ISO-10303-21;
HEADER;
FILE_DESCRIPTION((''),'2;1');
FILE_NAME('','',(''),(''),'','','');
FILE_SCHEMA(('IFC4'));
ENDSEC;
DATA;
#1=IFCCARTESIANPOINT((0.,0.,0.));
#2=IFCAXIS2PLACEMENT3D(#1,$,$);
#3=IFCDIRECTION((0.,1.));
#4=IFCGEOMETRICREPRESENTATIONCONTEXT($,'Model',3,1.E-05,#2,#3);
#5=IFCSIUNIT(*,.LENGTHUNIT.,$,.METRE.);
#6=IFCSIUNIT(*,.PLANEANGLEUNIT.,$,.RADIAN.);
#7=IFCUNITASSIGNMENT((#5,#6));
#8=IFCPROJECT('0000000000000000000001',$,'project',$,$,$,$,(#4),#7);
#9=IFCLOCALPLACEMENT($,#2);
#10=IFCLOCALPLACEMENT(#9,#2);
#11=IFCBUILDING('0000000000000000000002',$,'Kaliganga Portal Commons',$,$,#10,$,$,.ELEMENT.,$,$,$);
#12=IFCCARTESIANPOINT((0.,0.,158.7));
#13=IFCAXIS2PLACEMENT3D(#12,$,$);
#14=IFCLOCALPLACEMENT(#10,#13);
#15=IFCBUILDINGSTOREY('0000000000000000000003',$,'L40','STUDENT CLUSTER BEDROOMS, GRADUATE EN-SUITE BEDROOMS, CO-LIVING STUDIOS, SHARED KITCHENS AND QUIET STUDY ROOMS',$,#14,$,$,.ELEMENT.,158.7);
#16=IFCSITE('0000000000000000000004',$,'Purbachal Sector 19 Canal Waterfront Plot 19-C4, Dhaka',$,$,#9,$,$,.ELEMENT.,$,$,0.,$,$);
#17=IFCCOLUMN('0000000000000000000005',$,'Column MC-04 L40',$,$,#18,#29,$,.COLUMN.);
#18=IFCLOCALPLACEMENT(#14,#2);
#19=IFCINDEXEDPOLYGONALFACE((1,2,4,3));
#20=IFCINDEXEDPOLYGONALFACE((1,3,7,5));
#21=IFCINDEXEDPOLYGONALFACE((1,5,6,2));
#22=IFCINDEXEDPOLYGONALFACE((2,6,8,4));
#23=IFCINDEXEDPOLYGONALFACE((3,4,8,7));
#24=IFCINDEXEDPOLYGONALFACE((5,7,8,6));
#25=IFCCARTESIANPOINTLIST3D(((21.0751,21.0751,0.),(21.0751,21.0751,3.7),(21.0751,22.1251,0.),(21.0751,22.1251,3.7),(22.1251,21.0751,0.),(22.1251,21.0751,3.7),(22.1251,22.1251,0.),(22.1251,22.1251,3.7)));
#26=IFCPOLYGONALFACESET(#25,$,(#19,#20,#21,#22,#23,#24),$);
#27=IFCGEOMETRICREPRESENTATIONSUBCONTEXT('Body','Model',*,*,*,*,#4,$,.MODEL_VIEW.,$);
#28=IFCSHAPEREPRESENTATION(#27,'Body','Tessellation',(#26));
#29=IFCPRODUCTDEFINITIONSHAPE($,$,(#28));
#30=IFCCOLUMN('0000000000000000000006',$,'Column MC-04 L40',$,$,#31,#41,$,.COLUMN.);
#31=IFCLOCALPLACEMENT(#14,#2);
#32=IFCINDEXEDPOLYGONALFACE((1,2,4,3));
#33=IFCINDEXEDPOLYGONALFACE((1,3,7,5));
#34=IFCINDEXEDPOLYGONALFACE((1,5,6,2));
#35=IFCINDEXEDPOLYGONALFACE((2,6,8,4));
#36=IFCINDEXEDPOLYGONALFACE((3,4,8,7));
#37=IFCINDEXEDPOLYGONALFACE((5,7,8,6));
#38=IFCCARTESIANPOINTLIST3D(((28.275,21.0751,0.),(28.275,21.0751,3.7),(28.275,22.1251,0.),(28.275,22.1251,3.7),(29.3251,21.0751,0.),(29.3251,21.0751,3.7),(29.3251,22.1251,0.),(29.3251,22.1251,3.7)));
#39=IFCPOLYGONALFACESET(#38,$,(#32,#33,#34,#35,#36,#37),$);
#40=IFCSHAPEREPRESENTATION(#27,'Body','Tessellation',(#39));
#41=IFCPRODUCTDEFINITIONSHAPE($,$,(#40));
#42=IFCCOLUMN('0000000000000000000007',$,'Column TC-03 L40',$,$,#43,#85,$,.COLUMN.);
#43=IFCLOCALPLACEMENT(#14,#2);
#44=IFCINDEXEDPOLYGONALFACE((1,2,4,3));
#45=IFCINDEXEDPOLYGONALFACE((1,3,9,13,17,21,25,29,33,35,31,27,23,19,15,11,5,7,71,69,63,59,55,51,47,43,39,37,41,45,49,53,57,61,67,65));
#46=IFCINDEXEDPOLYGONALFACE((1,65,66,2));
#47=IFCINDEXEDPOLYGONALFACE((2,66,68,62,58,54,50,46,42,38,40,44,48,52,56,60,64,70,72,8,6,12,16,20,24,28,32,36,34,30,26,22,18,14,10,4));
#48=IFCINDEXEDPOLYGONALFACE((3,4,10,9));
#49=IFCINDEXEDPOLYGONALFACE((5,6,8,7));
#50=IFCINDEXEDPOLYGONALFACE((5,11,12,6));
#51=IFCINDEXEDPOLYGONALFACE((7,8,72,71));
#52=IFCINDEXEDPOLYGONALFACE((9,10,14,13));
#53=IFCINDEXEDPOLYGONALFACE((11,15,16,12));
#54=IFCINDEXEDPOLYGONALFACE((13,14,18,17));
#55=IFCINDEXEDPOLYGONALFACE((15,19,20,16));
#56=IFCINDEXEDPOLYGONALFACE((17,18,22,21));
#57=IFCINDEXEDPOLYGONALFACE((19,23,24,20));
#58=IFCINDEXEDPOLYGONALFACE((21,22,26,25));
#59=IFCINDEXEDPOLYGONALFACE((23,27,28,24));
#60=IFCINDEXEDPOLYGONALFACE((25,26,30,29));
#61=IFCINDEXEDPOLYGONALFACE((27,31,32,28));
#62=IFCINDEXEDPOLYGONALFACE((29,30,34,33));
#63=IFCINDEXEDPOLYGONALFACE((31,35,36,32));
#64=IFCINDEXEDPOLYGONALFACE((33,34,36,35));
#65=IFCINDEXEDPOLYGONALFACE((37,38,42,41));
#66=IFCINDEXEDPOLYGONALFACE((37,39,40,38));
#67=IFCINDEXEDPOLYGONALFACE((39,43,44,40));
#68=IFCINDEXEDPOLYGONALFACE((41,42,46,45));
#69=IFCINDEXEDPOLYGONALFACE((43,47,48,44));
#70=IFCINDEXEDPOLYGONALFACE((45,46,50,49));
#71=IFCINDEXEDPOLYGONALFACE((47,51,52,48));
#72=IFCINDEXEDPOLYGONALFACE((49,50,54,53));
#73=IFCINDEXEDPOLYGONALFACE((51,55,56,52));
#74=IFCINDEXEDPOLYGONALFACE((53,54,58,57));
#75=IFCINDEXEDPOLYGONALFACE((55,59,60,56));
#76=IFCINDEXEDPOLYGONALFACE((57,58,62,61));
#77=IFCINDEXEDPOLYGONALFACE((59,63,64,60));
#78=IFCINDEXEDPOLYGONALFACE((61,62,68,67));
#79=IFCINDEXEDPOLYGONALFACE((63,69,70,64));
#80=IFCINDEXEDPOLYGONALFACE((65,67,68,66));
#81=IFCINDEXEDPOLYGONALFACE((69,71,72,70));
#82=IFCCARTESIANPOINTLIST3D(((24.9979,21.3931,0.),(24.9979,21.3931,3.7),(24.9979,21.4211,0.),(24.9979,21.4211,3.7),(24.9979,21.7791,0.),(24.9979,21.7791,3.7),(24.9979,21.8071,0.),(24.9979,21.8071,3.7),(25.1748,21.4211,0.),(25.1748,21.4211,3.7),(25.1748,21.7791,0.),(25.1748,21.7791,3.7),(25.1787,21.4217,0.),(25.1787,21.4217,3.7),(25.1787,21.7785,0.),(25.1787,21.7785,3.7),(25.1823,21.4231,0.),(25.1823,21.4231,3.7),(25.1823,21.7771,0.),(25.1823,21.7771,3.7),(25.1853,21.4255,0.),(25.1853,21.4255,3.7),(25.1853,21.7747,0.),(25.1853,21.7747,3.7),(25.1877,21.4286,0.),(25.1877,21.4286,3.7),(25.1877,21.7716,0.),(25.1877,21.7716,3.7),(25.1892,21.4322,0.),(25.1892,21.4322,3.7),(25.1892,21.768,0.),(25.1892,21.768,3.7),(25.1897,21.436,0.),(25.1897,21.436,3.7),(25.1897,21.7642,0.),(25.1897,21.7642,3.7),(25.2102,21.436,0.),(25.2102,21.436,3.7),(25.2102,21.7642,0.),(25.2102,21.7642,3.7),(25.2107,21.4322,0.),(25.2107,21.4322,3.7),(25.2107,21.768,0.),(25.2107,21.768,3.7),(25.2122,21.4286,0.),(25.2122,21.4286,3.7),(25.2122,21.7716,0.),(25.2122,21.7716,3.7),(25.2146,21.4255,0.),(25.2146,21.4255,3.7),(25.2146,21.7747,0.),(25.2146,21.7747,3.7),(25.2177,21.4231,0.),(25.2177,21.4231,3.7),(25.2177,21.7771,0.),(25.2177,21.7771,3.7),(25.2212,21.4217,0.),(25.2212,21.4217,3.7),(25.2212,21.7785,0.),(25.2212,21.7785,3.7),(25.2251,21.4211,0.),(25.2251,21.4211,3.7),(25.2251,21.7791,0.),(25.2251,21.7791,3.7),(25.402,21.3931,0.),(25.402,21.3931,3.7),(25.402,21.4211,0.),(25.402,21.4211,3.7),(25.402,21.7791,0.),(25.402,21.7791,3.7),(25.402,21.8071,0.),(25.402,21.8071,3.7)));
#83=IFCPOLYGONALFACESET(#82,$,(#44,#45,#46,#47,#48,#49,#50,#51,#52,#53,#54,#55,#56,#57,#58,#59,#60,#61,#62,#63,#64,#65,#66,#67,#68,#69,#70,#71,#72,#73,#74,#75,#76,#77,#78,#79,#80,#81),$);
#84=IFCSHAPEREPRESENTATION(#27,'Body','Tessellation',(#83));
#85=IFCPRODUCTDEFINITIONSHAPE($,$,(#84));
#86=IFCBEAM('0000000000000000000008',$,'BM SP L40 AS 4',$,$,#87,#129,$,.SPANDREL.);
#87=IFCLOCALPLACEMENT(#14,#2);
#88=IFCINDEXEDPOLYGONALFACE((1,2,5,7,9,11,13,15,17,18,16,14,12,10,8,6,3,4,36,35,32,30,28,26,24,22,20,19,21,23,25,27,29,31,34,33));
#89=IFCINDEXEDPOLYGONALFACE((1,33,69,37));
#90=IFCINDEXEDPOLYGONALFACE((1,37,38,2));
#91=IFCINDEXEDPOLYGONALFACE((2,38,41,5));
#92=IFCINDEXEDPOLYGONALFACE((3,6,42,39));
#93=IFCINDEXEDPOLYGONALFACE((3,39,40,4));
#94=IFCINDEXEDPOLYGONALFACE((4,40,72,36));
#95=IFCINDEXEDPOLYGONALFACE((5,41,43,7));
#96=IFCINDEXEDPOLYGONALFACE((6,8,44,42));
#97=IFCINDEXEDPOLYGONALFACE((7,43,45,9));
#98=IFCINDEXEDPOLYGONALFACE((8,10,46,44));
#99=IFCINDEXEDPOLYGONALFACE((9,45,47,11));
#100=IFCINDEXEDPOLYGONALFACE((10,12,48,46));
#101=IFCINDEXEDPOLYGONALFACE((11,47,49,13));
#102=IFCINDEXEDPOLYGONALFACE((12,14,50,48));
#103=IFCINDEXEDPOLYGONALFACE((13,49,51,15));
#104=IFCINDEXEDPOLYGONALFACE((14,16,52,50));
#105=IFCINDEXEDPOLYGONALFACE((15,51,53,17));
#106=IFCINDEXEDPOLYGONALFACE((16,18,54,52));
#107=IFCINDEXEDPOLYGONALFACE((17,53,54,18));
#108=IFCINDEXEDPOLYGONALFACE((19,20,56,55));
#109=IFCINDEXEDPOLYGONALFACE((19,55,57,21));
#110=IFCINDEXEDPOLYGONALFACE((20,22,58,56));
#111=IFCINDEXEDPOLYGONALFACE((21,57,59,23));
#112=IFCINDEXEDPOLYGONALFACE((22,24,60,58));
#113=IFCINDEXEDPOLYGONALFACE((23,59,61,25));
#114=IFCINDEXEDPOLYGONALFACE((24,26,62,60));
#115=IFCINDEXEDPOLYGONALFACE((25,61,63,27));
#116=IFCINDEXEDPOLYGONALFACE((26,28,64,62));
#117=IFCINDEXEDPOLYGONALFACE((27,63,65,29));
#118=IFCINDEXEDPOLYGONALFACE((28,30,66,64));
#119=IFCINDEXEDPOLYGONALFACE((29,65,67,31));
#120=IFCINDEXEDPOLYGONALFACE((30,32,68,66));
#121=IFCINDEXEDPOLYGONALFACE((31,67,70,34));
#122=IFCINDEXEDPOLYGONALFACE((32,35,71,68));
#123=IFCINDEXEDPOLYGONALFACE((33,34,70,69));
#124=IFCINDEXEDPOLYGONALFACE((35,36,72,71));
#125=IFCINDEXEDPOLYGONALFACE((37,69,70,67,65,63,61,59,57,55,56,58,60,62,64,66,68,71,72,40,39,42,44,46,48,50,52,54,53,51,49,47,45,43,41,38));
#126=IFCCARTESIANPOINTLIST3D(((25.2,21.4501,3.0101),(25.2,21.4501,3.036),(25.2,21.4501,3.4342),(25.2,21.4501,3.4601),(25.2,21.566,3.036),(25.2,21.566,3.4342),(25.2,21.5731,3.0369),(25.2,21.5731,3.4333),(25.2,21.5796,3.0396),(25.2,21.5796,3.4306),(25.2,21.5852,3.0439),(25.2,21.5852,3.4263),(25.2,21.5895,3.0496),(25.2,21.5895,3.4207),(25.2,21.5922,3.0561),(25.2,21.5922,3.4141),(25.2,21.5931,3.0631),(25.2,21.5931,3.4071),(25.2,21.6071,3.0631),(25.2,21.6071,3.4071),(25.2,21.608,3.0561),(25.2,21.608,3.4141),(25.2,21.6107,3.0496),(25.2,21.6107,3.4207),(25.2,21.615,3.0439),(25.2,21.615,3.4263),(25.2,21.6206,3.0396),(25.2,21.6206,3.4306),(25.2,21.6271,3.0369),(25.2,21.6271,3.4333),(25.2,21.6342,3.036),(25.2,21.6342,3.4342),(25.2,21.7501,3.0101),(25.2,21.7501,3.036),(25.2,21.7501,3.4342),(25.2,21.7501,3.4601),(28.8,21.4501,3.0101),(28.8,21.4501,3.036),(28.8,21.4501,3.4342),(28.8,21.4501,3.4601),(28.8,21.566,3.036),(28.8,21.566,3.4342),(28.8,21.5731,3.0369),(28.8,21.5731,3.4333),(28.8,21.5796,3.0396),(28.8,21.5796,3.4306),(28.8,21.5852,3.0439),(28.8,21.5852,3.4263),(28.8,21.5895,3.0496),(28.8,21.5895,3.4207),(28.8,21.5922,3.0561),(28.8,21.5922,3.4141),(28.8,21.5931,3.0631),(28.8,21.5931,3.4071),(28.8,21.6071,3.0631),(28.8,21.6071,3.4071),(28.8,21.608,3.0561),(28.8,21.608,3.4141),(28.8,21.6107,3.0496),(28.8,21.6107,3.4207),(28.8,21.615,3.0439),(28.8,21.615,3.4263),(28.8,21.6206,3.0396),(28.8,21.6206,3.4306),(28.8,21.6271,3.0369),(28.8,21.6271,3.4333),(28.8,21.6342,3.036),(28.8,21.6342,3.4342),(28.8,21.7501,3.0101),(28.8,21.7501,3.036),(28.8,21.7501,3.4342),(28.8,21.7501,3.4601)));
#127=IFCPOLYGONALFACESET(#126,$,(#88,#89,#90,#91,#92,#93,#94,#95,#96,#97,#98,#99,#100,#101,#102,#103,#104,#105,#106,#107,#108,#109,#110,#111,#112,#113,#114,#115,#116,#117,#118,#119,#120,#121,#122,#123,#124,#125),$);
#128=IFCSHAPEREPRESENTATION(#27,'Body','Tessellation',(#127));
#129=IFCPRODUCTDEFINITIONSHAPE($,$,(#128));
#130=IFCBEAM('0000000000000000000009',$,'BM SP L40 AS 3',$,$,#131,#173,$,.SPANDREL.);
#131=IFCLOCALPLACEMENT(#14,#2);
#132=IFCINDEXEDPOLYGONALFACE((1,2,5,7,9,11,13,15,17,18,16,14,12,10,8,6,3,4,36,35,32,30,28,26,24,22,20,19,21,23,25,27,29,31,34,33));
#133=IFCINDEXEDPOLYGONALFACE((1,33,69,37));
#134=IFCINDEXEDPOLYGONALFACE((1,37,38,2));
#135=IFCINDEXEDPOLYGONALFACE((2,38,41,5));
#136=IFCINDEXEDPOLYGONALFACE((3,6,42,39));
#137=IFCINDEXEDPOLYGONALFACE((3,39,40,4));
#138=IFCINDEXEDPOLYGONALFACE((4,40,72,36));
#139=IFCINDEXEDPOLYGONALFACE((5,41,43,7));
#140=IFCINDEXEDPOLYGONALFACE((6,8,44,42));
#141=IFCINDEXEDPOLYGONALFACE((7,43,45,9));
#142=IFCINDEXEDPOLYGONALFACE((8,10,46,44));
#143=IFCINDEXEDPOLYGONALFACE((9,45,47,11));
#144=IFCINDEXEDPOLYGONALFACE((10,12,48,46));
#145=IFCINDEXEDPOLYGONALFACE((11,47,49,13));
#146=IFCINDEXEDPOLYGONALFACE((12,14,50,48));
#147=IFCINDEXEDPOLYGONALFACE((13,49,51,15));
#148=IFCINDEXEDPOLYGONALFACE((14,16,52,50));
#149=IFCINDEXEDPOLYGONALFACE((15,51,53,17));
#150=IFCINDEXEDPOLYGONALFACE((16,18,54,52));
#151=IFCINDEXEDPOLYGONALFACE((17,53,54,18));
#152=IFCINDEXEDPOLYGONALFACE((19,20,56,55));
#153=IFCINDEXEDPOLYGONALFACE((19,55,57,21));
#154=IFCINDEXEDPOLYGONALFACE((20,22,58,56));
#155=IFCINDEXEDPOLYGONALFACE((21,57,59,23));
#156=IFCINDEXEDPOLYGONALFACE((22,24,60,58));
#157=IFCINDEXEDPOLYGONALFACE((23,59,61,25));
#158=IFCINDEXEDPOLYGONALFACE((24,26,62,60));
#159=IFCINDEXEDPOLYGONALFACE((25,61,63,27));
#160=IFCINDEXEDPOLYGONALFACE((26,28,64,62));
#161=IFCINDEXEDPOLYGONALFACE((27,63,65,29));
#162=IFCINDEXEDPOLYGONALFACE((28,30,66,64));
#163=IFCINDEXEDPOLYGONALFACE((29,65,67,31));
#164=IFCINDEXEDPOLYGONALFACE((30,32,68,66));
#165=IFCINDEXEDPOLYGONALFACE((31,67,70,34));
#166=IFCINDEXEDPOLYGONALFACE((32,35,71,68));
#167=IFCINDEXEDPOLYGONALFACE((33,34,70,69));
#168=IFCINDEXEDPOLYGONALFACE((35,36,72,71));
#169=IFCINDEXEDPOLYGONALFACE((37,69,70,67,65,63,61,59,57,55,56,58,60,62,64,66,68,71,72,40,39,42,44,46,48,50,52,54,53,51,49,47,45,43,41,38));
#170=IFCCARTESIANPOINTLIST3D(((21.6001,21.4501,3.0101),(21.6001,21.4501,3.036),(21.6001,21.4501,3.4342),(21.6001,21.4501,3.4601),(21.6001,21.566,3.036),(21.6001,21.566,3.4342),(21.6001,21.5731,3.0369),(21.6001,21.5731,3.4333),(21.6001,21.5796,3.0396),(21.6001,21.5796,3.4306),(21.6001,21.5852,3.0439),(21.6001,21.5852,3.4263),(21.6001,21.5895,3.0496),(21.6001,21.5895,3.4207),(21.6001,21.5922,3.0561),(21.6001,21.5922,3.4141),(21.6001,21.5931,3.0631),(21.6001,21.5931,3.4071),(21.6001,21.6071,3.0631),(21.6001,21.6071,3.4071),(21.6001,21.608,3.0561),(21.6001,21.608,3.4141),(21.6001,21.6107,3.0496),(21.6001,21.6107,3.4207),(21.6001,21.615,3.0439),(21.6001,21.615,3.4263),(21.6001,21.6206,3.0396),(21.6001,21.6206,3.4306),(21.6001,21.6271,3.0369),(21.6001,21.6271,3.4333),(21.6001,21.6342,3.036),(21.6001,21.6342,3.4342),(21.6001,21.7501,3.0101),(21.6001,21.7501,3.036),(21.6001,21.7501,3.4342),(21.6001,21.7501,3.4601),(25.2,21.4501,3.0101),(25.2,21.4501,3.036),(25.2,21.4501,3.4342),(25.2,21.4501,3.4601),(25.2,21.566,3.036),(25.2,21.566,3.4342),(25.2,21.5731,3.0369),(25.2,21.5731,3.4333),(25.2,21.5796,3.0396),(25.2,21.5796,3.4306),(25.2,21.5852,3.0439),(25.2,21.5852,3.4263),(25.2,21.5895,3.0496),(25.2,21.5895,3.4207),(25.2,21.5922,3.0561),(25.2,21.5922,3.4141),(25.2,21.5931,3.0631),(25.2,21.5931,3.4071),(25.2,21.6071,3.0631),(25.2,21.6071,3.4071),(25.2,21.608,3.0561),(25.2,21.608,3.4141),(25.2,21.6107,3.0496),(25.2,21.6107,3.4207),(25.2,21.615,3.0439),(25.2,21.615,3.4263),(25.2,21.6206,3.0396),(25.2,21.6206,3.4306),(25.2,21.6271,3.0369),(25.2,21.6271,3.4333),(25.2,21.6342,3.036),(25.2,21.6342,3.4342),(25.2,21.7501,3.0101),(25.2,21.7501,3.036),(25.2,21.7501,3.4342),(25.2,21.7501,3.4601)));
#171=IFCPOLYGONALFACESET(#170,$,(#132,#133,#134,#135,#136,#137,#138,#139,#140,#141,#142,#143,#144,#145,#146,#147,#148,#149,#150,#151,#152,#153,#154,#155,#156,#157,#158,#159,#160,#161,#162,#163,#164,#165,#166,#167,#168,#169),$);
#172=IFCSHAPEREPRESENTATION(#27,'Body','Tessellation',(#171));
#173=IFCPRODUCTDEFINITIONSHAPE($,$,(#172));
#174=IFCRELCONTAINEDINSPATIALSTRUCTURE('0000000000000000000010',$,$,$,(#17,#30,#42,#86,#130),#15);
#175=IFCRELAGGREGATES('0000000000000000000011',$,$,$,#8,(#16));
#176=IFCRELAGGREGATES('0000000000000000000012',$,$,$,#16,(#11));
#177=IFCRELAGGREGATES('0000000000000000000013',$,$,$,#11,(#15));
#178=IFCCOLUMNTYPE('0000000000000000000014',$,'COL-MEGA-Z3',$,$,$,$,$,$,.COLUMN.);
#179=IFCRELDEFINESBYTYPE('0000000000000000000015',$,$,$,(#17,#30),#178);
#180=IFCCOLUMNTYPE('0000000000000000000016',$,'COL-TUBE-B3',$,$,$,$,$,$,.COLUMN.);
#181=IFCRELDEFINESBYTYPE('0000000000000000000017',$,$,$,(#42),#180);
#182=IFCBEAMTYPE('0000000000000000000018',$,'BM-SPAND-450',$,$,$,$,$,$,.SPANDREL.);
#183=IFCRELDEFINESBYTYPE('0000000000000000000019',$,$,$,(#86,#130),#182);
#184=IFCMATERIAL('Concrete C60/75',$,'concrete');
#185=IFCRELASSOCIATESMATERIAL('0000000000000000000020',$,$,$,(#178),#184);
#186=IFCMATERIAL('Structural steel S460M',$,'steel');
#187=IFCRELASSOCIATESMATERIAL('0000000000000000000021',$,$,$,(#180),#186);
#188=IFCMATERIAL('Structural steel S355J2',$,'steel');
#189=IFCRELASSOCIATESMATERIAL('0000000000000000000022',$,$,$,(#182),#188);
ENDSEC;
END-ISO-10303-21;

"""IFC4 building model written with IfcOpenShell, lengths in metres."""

from ifc_helpers import new_model, si_unit, direction, frame, origin, origin_2d, place, context, subcontext, project, spatial, rectangle, i_section, extrude, source, transform, mapped, material, material_profile, profile_set, type_object, element, save


model = new_model("IFC4")

# Units and contexts
model_context = context("Model", 3, precision=1e-05, world=origin(), true_north=direction((0.0, 1.0)))
body_context = subcontext(model_context, "Body", "Model", "MODEL_VIEW")
ifc_project = project(units=[si_unit("LENGTHUNIT", "METRE"), si_unit("PLANEANGLEUNIT", "RADIAN")], contexts=[model_context])

# Site, building, storey
site_placement = place(None, origin())
site = spatial("IfcSite", under=ifc_project, at=site_placement, Name="Purbachal Sector 19 Canal Waterfront Plot 19-C4, Dhaka", CompositionType="ELEMENT", RefElevation=0.0)
building_placement = place(site_placement, origin())
building = spatial("IfcBuilding", under=site, at=building_placement, Name="Kaliganga Portal Commons", CompositionType="ELEMENT")
storey_placement = place(building_placement, frame((0.0, 0.0, 158.7)))
storey = spatial("IfcBuildingStorey", under=building, at=storey_placement, Name="L40", Description="STUDENT CLUSTER BEDROOMS, GRADUATE EN-SUITE BEDROOMS, CO-LIVING STUDIOS, SHARED KITCHENS AND QUIET STUDY ROOMS", CompositionType="ELEMENT", Elevation=158.7)

# Columns
ifc_material_1 = material(Name="Concrete C60/75", Category="concrete")
ifc_material_profile_1 = material_profile(ifc_material_1, rectangle(XDim=1.05, YDim=1.05, at=origin_2d()), Name="RC 1050x1050")
ifc_profile_set_1 = profile_set([ifc_material_profile_1], Name="Concrete C60/75")
column_type_1 = type_object("IfcColumnType", Name="COL-MEGA-Z3", PredefinedType="COLUMN", material=ifc_profile_set_1)
shared_shape_1 = source(origin(), body_context, "Body", "SweptSolid", [
    extrude(rectangle(XDim=1.05, YDim=1.05, at=origin_2d()), origin(), (0.0, 0.0, 1.0), 3.7),
])
for number, where, z_axis, x_axis, name in (
    (1, (21.6001, 21.6001, 0.0), (0.0, 0.0, 1.0), (1.0, 0.0, 0.0), "Column MC-04 L40"),
    (2, (28.8, 21.6001, 0.0), (0.0, 0.0, 1.0), (1.0, 0.0, 0.0), "Column MC-04 L40"),
):
    element("IfcColumn", number, at=place(storey_placement, frame(where, z_axis=z_axis, x_axis=x_axis)), inside=storey, type_object=column_type_1, Name=name, PredefinedType="COLUMN", context=body_context, shape_type="MappedRepresentation", body=[
        mapped(shared_shape_1, transform((0.0, 0.0, 0.0), x_axis=(1.0, 0.0, 0.0), y_axis=(0.0, 1.0, 0.0), z_axis=(0.0, 0.0, 1.0), scale=1.0)),
    ])
ifc_material_2 = material(Name="Structural steel S460M", Category="steel")
ifc_material_profile_2 = material_profile(ifc_material_2, i_section(OverallWidth=0.4041, OverallDepth=0.4141, WebThickness=0.0205, FlangeThickness=0.0281, FilletRadius=0.0149, at=origin_2d()), Name="HD 400x347")
ifc_profile_set_2 = profile_set([ifc_material_profile_2], Name="Structural steel S460M wide-flange")
column_type_2 = type_object("IfcColumnType", Name="COL-TUBE-B3", PredefinedType="COLUMN", material=ifc_profile_set_2)
shared_shape_2 = source(origin(), body_context, "Body", "SweptSolid", [
    extrude(i_section(OverallWidth=0.4041, OverallDepth=0.4141, WebThickness=0.0205, FlangeThickness=0.0281, FilletRadius=0.0149, at=origin_2d()), origin(), (0.0, 0.0, 1.0), 3.7),
])
column_placement = place(storey_placement, frame((25.2, 21.6001, 0.0), z_axis=(0.0, 0.0, 1.0), x_axis=(1.0, 0.0, 0.0)))
element("IfcColumn", 3, at=column_placement, inside=storey, type_object=column_type_2, Name="Column TC-03 L40", PredefinedType="COLUMN", context=body_context, shape_type="MappedRepresentation", body=[
    mapped(shared_shape_2, transform((0.0, 0.0, 0.0), x_axis=(1.0, 0.0, 0.0), y_axis=(0.0, 1.0, 0.0), z_axis=(0.0, 0.0, 1.0), scale=1.0)),
])

# Beams
ifc_material_3 = material(Name="Structural steel S355J2", Category="steel")
ifc_material_profile_3 = material_profile(ifc_material_3, i_section(OverallWidth=0.3, OverallDepth=0.45, WebThickness=0.0139, FlangeThickness=0.0259, FilletRadius=0.0271, at=origin_2d()), Name="HE 450 B")
ifc_profile_set_3 = profile_set([ifc_material_profile_3], Name="Structural steel S355J2 wide-flange")
beam_type_1 = type_object("IfcBeamType", Name="BM-SPAND-450", PredefinedType="SPANDREL", material=ifc_profile_set_3)
shared_shape_3 = source(origin(), body_context, "Body", "SweptSolid", [
    extrude(i_section(OverallWidth=0.3, OverallDepth=0.45, WebThickness=0.0139, FlangeThickness=0.0259, FilletRadius=0.0271, at=origin_2d()), origin(), (0.0, 0.0, 1.0), 3.6001),
])
beam_1_placement = place(storey_placement, frame((25.2, 21.6001, 3.2351), z_axis=(1.0, 0.0, 0.0), x_axis=(0.0, 1.0, 0.0)))
element("IfcBeam", 4, at=beam_1_placement, inside=storey, type_object=beam_type_1, Name="BM SP L40 AS 4", PredefinedType="SPANDREL", context=body_context, shape_type="MappedRepresentation", body=[
    mapped(shared_shape_3, transform((0.0, 0.0, 0.0), x_axis=(1.0, 0.0, 0.0), y_axis=(0.0, 1.0, 0.0), z_axis=(0.0, 0.0, 1.0), scale=1.0)),
])
shared_shape_4 = source(origin(), body_context, "Body", "SweptSolid", [
    extrude(i_section(OverallWidth=0.3, OverallDepth=0.45, WebThickness=0.0139, FlangeThickness=0.0259, FilletRadius=0.0271, at=origin_2d()), origin(), (0.0, 0.0, 1.0), 3.5999),
])
beam_2_placement = place(storey_placement, frame((21.6001, 21.6001, 3.2351), z_axis=(1.0, 0.0, 0.0), x_axis=(0.0, 1.0, 0.0)))
element("IfcBeam", 5, at=beam_2_placement, inside=storey, type_object=beam_type_1, Name="BM SP L40 AS 3", PredefinedType="SPANDREL", context=body_context, shape_type="MappedRepresentation", body=[
    mapped(shared_shape_4, transform((0.0, 0.0, 0.0), x_axis=(1.0, 0.0, 0.0), y_axis=(0.0, 1.0, 0.0), z_axis=(0.0, 0.0, 1.0), scale=1.0)),
])

save(model, "model.ifc")
